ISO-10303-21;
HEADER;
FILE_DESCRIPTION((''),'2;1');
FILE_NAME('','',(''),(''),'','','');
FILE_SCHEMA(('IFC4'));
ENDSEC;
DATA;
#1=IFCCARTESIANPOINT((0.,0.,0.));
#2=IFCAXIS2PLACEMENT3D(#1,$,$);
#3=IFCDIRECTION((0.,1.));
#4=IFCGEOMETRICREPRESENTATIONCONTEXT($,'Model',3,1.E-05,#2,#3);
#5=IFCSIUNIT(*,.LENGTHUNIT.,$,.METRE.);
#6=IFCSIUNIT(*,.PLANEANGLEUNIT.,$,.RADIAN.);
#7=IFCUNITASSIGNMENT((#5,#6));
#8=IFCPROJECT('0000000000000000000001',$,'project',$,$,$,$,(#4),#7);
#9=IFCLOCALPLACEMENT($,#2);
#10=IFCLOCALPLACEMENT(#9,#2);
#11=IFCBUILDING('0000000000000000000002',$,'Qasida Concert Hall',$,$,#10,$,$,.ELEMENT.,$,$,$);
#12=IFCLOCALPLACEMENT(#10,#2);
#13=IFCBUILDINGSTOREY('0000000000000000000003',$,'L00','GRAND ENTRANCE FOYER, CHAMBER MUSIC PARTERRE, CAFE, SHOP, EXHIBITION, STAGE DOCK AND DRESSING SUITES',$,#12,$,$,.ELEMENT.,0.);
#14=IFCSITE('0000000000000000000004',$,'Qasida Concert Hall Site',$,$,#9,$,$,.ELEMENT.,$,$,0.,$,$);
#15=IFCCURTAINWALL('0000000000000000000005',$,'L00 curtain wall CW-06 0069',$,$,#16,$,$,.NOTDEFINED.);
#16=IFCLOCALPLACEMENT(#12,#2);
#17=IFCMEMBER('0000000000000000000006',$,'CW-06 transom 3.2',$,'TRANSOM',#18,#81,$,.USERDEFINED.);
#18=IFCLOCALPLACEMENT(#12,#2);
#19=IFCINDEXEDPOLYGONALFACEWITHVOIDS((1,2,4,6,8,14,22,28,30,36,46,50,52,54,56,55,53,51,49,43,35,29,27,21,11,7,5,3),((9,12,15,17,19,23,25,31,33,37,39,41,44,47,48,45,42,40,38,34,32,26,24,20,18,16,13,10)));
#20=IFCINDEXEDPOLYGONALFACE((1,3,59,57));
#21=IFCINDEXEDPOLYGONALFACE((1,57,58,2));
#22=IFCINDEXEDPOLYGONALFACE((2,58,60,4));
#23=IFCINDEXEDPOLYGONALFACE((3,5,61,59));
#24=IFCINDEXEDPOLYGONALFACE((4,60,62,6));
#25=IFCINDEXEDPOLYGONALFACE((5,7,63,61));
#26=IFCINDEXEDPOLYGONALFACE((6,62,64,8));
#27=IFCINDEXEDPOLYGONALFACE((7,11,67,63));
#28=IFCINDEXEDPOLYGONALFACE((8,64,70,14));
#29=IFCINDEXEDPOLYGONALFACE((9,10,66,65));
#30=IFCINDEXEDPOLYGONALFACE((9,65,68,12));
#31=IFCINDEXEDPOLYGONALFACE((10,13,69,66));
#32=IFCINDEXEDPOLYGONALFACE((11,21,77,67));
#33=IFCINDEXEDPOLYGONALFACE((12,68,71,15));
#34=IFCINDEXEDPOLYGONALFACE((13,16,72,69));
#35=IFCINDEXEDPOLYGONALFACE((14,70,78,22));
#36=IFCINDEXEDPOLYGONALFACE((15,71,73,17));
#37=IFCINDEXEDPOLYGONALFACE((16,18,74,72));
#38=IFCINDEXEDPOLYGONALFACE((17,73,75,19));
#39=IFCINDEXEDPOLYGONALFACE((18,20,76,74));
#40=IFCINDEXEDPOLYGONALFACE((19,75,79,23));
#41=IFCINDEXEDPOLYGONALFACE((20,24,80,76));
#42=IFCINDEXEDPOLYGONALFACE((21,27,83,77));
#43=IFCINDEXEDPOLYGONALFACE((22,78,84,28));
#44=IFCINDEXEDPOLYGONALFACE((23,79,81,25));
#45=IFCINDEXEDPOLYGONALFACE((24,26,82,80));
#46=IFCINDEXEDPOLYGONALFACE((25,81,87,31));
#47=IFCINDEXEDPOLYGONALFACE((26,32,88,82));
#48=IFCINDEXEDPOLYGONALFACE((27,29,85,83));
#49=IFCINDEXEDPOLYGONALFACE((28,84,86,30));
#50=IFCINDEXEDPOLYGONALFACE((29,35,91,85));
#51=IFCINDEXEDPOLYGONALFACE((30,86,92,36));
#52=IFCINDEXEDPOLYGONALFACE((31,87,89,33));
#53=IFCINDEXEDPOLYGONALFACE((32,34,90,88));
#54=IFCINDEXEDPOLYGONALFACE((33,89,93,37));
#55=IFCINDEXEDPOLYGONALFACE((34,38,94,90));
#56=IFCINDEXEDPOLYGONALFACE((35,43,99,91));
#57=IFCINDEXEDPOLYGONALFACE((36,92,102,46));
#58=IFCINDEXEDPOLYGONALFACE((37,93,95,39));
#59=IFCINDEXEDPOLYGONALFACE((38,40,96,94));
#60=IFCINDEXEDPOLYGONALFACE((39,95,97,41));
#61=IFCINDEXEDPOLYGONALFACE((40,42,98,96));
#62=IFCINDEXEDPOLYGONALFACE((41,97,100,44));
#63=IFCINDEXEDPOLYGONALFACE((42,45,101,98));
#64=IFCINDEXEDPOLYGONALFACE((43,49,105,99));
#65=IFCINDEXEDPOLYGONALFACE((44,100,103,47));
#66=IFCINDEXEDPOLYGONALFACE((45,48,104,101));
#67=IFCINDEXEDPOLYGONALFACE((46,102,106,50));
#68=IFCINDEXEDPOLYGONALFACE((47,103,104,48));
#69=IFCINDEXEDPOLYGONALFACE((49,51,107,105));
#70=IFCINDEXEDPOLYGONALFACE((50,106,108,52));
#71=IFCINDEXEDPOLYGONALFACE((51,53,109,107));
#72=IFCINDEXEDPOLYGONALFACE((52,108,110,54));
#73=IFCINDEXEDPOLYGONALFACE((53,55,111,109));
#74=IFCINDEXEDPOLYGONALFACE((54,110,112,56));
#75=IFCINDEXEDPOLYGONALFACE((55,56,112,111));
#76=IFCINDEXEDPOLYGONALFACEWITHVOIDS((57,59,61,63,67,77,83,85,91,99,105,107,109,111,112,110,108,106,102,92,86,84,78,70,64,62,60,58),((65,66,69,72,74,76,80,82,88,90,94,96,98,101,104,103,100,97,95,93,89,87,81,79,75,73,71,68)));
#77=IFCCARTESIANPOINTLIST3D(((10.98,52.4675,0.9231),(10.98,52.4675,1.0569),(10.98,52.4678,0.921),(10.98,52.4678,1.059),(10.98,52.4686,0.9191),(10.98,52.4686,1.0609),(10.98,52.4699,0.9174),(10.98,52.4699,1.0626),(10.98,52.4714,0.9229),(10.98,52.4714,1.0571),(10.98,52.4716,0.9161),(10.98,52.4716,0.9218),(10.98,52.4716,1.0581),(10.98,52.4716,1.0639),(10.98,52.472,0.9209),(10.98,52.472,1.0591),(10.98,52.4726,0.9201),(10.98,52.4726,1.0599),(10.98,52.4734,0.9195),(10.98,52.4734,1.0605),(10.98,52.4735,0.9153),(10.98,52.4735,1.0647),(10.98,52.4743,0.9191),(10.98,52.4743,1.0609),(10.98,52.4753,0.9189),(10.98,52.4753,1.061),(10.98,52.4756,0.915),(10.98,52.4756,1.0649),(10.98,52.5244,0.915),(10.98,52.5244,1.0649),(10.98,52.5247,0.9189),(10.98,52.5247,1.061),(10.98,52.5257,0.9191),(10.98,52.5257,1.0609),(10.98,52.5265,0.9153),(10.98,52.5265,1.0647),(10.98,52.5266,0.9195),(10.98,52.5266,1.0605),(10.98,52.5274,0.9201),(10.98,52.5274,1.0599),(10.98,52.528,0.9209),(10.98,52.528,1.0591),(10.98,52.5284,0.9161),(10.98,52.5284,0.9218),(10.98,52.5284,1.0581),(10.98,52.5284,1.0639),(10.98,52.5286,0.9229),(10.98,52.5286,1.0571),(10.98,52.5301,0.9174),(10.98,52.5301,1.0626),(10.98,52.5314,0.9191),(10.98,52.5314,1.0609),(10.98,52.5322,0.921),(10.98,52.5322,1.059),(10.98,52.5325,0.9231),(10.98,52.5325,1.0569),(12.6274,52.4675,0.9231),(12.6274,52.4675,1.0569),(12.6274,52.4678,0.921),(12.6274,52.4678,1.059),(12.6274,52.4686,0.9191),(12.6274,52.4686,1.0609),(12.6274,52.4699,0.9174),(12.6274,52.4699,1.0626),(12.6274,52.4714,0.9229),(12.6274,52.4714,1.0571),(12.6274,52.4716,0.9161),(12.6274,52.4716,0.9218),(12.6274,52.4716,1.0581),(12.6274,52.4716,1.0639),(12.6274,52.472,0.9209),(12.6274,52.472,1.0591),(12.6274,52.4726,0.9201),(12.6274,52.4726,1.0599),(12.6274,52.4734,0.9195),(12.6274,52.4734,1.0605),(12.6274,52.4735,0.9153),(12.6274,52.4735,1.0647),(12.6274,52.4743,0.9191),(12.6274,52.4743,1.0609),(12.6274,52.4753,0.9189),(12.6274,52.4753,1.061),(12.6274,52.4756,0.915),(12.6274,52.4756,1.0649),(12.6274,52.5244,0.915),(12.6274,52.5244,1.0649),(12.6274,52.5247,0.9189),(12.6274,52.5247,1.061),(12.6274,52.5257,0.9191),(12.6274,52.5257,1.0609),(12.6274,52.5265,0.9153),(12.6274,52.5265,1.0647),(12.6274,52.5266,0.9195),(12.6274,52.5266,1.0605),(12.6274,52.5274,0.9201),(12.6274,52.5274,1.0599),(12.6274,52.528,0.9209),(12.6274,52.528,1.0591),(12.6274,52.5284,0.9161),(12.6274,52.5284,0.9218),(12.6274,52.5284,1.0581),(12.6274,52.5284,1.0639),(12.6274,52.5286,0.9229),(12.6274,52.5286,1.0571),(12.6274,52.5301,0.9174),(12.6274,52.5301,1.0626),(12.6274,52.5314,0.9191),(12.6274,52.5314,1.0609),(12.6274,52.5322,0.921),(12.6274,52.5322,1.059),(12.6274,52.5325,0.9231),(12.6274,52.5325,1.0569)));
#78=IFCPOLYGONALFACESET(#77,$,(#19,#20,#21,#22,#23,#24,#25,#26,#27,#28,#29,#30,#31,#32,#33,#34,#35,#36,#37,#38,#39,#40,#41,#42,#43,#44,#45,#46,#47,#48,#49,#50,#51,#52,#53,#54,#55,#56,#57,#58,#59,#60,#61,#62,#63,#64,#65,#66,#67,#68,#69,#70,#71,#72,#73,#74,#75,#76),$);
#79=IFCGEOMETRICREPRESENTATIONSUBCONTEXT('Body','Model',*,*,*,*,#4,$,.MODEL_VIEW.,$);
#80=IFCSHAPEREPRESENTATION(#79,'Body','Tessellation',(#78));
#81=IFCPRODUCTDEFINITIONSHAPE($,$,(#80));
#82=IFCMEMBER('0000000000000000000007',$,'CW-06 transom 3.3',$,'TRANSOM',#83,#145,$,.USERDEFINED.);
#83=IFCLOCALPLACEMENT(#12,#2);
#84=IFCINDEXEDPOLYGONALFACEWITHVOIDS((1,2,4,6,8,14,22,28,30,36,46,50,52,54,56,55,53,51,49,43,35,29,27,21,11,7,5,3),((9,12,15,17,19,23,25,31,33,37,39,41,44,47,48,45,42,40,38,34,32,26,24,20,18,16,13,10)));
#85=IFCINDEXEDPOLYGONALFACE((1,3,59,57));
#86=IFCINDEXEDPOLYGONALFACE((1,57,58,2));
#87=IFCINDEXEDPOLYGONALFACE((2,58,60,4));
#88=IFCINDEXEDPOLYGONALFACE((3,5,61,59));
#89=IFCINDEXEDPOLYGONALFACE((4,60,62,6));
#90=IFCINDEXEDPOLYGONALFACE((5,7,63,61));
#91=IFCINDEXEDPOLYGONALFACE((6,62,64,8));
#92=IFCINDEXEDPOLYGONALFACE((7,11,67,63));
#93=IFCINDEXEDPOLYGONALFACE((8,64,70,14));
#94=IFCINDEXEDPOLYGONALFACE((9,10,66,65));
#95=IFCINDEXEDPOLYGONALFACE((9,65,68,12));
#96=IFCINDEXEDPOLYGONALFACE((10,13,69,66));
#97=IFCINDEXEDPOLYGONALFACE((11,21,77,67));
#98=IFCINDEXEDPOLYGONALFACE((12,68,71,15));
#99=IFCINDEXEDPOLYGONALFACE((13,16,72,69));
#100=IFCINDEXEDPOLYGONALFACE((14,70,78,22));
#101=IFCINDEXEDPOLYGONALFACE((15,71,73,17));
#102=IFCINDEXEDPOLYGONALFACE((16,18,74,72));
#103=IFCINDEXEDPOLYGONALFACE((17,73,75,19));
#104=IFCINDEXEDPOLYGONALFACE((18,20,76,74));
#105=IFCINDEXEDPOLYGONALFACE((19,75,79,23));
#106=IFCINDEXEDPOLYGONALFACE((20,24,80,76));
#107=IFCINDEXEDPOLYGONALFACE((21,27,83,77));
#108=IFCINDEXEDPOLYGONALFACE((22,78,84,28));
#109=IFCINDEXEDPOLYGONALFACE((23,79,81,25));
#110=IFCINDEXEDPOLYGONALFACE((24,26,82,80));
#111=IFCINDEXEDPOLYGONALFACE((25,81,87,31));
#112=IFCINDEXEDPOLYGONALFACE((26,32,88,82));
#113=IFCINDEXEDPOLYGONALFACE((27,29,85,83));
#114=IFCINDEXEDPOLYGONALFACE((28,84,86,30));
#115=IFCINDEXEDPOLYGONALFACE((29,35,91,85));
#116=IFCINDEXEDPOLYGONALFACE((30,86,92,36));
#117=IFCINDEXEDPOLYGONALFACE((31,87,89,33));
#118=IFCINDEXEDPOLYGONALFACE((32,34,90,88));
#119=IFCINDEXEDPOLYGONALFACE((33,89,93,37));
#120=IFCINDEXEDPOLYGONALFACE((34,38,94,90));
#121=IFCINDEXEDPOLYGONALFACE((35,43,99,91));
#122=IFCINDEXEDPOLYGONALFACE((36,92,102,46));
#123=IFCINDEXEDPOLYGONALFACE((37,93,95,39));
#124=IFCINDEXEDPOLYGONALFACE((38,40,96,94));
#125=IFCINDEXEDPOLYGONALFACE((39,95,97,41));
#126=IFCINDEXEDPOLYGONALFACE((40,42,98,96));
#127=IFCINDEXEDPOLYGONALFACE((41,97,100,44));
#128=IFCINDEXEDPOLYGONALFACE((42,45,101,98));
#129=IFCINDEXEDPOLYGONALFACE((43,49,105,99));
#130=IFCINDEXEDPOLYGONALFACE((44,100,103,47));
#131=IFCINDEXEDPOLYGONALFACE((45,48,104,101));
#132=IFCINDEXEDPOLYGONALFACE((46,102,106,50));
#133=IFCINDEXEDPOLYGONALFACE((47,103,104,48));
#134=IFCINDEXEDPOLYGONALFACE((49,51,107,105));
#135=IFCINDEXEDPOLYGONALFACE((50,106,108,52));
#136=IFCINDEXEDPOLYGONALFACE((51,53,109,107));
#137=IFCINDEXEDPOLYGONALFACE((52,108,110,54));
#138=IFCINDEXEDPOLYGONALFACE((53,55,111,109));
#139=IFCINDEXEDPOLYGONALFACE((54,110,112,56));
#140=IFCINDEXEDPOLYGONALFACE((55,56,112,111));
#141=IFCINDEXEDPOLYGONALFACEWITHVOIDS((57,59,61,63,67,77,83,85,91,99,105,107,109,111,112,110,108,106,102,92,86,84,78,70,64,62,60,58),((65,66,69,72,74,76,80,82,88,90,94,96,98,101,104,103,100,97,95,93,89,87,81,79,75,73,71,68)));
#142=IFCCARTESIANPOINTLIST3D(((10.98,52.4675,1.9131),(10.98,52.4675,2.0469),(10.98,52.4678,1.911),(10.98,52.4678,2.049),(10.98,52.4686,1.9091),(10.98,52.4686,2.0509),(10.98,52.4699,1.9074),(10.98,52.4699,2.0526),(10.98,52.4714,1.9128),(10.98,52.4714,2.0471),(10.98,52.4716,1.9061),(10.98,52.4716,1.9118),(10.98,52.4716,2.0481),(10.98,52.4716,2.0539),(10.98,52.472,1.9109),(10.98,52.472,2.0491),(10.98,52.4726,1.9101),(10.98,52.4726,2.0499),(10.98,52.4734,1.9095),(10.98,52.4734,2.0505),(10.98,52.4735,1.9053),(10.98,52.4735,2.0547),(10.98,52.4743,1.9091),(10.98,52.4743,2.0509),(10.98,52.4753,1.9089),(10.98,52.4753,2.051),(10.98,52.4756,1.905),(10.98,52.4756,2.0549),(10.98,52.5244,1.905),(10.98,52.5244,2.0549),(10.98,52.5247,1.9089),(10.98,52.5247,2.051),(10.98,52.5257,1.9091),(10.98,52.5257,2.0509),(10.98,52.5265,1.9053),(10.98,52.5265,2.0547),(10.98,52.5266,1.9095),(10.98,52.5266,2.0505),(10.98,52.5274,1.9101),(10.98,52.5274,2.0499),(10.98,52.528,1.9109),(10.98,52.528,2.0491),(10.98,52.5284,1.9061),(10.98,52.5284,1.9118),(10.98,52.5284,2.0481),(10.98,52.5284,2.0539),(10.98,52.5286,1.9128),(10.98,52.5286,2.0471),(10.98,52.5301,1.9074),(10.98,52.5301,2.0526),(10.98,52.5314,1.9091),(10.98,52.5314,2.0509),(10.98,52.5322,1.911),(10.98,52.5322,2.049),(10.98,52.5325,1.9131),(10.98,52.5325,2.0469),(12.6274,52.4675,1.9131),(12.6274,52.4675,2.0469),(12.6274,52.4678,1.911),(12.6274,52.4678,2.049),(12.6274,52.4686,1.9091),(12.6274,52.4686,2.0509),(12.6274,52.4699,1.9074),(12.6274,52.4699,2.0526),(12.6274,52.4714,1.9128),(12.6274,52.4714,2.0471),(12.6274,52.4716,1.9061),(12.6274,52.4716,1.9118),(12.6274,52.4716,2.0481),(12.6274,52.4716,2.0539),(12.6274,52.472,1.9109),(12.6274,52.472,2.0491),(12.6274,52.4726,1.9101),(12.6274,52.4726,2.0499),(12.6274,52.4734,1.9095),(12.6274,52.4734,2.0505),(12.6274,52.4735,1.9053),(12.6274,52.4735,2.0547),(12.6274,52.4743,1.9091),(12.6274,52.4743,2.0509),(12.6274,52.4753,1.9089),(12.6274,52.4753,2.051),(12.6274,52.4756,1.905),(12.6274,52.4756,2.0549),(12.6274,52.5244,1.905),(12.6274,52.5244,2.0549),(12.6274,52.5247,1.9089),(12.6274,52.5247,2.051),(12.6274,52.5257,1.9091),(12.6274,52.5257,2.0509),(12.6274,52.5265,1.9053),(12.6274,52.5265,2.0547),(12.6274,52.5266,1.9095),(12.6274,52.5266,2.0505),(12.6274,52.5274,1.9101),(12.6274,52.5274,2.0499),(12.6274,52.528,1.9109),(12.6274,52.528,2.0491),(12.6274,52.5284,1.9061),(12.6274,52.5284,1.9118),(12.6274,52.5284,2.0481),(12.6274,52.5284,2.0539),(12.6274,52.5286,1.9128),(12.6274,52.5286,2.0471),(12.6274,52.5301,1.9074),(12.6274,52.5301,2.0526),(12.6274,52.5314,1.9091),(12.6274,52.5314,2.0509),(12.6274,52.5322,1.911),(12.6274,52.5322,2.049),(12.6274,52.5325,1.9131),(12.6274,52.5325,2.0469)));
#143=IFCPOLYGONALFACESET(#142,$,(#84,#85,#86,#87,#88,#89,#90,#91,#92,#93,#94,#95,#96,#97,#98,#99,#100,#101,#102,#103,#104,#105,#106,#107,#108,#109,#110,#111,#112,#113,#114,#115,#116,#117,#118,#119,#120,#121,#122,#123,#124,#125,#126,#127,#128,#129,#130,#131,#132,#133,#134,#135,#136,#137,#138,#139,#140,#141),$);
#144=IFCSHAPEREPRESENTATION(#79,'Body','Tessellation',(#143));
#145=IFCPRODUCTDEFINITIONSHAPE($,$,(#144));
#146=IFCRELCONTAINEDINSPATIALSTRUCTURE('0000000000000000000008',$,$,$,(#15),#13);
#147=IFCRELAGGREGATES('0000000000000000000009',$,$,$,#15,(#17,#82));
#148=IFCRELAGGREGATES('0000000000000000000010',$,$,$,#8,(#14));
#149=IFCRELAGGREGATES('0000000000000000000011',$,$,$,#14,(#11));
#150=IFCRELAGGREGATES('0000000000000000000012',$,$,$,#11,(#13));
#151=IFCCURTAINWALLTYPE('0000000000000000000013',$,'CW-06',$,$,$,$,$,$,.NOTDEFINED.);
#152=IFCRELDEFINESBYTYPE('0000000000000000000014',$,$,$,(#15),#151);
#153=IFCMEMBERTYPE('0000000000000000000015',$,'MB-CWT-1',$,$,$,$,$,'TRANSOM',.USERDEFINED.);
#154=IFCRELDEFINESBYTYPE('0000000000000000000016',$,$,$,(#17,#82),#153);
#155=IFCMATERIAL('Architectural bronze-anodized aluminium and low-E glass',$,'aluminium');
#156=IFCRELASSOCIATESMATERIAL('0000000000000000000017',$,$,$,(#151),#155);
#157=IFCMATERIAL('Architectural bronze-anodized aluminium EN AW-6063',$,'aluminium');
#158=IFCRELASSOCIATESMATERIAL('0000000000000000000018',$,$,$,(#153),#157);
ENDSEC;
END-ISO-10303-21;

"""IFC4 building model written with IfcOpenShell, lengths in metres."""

from ifc_helpers import new_model, si_unit, direction, frame, origin, origin_2d, place, context, subcontext, project, spatial, hollow_rectangle, extrude, material, material_profile, profile_set, type_object, element, aggregate, save


model = new_model("IFC4")

# Units and contexts
model_context = context("Model", 3, precision=1e-05, world=origin(), true_north=direction((0.0, 1.0)))
body_context = subcontext(model_context, "Body", "Model", "MODEL_VIEW")
ifc_project = project(units=[si_unit("LENGTHUNIT", "METRE"), si_unit("PLANEANGLEUNIT", "RADIAN")], contexts=[model_context])

# Site, building, storey
site_placement = place(None, origin())
site = spatial("IfcSite", under=ifc_project, at=site_placement, Name="Qasida Concert Hall Site", CompositionType="ELEMENT", RefElevation=0.0)
building_placement = place(site_placement, origin())
building = spatial("IfcBuilding", under=site, at=building_placement, Name="Qasida Concert Hall", CompositionType="ELEMENT")
storey_placement = place(building_placement, origin())
storey = spatial("IfcBuildingStorey", under=building, at=storey_placement, Name="L00", Description="GRAND ENTRANCE FOYER, CHAMBER MUSIC PARTERRE, CAFE, SHOP, EXHIBITION, STAGE DOCK AND DRESSING SUITES", CompositionType="ELEMENT", Elevation=0.0)

# Curtain wall
ifc_material_1 = material(Name="Architectural bronze-anodized aluminium and low-E glass", Category="aluminium")
curtain_wall_type_1 = type_object("IfcCurtainWallType", Name="CW-06", PredefinedType="NOTDEFINED", material=ifc_material_1)
curtain_wall_1_placement = place(storey_placement, origin())
curtain_wall_1 = element("IfcCurtainWall", 1, at=curtain_wall_1_placement, inside=storey, type_object=curtain_wall_type_1, Name="L00 curtain wall CW-06 0069", PredefinedType="NOTDEFINED")
ifc_material_2 = material(Name="Architectural bronze-anodized aluminium EN AW-6063", Category="aluminium")

# Members
ifc_material_profile_1 = material_profile(ifc_material_2, hollow_rectangle(XDim=0.0649, YDim=0.1499, WallThickness=0.0039, InnerFilletRadius=0.0039, OuterFilletRadius=0.0081, at=origin_2d()), Name="CWT 150x65x4")
ifc_profile_set_1 = profile_set([ifc_material_profile_1], Name="Architectural bronze-anodized aluminium EN AW-6063")
member_type_1 = type_object("IfcMemberType", Name="MB-CWT-1", ElementType="TRANSOM", PredefinedType="USERDEFINED", material=ifc_profile_set_1)
member_1_placement = place(storey_placement, frame((10.98, 52.5, 0.99), z_axis=(1.0, 0.0, 0.0), x_axis=(0.0, 1.0, 0.0)))
member_1 = element("IfcMember", 2, at=member_1_placement, type_object=member_type_1, Name="CW-06 transom 3.2", ObjectType="TRANSOM", PredefinedType="USERDEFINED", context=body_context, shape_type="SweptSolid", body=[
    extrude(hollow_rectangle(XDim=0.0649, YDim=0.1499, WallThickness=0.0039, InnerFilletRadius=0.0039, OuterFilletRadius=0.0081, at=origin_2d()), origin(), (0.0, 0.0, 1.0), 1.6475),
])
member_2_placement = place(storey_placement, frame((10.98, 52.5, 1.98), z_axis=(1.0, 0.0, 0.0), x_axis=(0.0, 1.0, 0.0)))
member_2 = element("IfcMember", 3, at=member_2_placement, type_object=member_type_1, Name="CW-06 transom 3.3", ObjectType="TRANSOM", PredefinedType="USERDEFINED", context=body_context, shape_type="SweptSolid", body=[
    extrude(hollow_rectangle(XDim=0.0649, YDim=0.1499, WallThickness=0.0039, InnerFilletRadius=0.0039, OuterFilletRadius=0.0081, at=origin_2d()), origin(), (0.0, 0.0, 1.0), 1.6475),
])

aggregate(curtain_wall_1, [member_1, member_2])

save(model, "model.ifc")
